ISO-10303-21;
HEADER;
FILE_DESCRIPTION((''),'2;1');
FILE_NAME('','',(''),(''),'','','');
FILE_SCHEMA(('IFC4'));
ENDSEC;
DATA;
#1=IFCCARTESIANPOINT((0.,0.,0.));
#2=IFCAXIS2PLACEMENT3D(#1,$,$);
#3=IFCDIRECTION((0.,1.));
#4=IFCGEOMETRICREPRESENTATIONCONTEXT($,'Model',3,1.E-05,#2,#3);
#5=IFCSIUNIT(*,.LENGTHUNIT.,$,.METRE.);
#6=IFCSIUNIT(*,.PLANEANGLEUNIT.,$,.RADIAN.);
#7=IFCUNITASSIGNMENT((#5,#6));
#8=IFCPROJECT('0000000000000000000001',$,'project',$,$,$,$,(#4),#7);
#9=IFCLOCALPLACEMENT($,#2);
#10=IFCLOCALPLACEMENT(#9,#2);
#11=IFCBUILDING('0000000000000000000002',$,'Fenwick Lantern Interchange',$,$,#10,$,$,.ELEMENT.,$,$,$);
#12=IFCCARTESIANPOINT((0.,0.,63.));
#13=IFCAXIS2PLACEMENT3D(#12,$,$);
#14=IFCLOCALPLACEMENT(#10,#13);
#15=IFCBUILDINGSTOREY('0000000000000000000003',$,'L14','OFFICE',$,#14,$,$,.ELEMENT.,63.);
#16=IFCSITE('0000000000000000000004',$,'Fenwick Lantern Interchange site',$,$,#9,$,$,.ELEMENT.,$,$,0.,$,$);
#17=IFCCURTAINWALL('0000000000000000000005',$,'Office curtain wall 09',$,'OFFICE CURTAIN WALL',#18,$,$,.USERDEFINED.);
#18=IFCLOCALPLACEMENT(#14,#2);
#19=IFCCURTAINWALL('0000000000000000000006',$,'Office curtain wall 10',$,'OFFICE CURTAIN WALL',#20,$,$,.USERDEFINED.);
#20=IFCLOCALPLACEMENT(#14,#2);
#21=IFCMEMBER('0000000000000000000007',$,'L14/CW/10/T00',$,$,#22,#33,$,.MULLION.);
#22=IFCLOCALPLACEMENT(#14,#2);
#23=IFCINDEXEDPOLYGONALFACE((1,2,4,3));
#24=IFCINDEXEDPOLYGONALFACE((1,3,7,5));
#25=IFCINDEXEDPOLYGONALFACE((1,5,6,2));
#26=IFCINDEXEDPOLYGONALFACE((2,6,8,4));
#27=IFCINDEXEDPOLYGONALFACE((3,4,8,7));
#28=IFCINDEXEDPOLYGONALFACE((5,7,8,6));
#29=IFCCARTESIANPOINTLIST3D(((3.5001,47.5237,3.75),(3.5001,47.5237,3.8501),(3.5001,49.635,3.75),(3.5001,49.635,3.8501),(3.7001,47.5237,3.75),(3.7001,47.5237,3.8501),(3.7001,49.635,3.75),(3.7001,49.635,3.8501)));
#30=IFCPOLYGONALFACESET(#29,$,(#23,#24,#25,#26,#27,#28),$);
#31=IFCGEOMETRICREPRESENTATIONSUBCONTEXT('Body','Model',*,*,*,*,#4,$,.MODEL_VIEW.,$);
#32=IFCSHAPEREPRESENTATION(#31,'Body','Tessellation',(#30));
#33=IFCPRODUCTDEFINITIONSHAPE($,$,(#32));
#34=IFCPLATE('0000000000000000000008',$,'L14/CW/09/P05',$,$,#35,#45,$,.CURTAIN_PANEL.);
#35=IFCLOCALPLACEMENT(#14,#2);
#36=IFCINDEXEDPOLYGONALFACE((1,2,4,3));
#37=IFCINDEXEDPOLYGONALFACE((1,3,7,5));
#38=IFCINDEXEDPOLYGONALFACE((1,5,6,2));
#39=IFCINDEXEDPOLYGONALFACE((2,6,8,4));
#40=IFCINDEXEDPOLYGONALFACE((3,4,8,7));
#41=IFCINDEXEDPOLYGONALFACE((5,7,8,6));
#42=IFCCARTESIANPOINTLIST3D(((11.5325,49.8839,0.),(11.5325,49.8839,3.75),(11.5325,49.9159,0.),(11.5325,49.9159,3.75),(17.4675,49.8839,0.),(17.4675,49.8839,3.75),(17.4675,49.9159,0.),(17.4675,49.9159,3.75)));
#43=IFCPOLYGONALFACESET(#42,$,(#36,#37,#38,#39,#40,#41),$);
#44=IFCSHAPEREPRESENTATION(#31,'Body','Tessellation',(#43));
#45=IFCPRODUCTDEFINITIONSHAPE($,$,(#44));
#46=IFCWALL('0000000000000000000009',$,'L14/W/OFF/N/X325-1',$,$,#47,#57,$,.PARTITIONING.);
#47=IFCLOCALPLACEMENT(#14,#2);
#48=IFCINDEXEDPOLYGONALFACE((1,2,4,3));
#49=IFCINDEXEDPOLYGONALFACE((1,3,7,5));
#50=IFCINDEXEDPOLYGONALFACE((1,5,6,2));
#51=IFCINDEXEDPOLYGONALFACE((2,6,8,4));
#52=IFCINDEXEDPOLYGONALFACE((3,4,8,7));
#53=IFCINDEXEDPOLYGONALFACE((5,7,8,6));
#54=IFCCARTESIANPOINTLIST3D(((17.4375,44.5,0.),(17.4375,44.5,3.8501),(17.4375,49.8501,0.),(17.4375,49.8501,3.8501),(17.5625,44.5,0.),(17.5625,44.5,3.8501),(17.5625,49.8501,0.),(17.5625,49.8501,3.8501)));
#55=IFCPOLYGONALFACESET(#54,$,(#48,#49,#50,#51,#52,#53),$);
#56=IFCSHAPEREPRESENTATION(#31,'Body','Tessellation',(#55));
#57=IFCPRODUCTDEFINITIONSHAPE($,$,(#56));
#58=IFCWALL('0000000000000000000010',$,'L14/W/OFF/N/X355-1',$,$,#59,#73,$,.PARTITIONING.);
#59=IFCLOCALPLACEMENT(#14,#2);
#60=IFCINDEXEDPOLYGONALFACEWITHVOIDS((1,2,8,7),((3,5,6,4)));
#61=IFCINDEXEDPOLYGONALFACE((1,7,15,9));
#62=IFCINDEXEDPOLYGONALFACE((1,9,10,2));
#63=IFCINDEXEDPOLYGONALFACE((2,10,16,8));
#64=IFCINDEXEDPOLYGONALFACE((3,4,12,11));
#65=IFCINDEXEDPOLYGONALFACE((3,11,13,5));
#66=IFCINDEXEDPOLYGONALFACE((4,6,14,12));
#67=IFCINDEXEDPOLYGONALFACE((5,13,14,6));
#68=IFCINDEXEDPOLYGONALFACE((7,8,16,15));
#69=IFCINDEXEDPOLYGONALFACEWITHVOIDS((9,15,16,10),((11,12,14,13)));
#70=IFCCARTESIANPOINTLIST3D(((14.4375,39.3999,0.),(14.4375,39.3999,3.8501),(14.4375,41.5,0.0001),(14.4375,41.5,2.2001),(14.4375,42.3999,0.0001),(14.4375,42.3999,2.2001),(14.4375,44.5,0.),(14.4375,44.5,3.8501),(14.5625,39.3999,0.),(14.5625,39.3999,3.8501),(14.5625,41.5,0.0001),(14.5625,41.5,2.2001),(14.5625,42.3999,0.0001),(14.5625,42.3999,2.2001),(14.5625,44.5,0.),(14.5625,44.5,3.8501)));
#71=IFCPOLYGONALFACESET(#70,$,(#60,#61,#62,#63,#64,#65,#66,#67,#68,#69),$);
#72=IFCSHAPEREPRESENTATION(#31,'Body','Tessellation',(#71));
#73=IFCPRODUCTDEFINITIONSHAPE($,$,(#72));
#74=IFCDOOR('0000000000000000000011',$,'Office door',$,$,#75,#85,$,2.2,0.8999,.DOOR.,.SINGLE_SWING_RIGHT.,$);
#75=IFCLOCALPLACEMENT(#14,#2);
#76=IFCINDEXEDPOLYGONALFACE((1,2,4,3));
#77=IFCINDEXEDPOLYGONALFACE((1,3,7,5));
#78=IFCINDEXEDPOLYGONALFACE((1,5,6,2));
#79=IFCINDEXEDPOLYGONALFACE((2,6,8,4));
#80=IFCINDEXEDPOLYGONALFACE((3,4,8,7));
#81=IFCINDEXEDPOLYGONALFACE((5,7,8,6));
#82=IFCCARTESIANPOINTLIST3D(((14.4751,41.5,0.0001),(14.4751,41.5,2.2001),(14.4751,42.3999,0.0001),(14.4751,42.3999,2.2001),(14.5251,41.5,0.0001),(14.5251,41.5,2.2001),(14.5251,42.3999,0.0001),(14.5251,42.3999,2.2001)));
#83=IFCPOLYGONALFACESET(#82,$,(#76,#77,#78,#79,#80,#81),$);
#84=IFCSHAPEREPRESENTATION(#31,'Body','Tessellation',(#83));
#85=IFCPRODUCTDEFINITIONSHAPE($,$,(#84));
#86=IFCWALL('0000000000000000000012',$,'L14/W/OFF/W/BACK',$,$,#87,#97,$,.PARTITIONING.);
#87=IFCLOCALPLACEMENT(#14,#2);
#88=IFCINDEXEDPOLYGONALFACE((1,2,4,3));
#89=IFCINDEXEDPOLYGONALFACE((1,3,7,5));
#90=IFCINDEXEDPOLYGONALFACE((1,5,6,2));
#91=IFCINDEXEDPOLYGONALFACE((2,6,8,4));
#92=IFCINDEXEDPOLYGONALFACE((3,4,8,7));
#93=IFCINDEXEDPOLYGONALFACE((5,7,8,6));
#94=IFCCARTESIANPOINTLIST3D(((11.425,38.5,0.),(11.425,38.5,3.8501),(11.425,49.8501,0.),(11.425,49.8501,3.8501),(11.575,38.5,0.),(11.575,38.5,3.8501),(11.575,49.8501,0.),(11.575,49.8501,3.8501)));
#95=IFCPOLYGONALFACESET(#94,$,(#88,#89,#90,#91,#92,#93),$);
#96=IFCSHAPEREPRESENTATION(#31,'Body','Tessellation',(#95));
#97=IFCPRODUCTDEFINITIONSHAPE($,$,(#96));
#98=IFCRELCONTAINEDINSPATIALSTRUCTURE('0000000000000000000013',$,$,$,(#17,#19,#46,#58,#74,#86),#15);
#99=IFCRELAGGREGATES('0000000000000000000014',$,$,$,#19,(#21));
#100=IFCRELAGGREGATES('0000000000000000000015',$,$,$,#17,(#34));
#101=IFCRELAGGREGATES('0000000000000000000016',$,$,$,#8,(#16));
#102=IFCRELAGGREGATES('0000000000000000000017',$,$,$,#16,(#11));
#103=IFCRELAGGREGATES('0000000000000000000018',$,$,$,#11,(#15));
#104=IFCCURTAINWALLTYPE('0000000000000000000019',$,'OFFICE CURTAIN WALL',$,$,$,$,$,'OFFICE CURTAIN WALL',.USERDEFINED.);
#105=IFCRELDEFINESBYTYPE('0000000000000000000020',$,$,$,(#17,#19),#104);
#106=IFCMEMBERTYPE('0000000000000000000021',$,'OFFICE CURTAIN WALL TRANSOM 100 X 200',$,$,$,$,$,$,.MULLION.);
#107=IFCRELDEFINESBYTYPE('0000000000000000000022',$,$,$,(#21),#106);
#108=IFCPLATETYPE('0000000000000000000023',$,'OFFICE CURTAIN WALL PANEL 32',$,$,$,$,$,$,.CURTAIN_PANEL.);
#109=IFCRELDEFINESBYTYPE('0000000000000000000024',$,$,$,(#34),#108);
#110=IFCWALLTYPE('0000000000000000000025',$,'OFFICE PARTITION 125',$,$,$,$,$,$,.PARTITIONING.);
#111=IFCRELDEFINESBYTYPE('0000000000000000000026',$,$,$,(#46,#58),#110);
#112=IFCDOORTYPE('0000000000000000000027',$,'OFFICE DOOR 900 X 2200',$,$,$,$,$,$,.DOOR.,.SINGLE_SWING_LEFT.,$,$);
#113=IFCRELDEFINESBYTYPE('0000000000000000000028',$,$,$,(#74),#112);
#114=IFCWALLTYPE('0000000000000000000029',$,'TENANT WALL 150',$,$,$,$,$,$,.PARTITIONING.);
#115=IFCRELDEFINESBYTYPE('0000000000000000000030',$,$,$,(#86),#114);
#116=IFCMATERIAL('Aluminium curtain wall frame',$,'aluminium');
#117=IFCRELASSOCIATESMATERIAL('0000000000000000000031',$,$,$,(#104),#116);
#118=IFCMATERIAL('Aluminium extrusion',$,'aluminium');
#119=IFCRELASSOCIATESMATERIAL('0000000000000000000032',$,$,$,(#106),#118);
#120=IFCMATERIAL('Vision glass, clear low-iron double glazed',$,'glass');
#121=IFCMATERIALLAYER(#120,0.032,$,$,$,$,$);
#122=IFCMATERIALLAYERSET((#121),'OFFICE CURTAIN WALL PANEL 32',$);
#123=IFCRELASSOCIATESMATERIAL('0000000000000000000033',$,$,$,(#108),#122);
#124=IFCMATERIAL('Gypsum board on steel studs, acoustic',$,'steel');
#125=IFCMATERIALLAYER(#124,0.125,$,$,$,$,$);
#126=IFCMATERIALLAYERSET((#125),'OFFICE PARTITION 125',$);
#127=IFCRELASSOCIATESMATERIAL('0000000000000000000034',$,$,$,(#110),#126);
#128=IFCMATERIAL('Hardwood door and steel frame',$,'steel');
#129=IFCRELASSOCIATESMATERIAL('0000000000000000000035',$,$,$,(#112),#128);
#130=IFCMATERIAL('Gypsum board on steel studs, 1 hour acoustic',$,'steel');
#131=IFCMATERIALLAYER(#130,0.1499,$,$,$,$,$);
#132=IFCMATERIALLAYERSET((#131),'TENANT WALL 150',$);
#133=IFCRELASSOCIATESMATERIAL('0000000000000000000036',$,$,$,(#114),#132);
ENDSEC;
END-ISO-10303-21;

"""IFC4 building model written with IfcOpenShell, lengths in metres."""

from ifc_helpers import new_model, si_unit, direction, frame, frame_2d, origin, origin_2d, place, context, subcontext, project, spatial, rectangle, extrude, material, layer, layer_set, material_profile, profile_set, type_object, element, fill, aggregate, save


model = new_model("IFC4")

# Units and contexts
model_context = context("Model", 3, precision=1e-05, world=origin(), true_north=direction((0.0, 1.0)))
body_context = subcontext(model_context, "Body", "Model", "MODEL_VIEW")
ifc_project = project(units=[si_unit("LENGTHUNIT", "METRE"), si_unit("PLANEANGLEUNIT", "RADIAN")], contexts=[model_context])

# Site, building, storey
site_placement = place(None, origin())
site = spatial("IfcSite", under=ifc_project, at=site_placement, Name="Fenwick Lantern Interchange site", CompositionType="ELEMENT", RefElevation=0.0)
building_placement = place(site_placement, origin())
building = spatial("IfcBuilding", under=site, at=building_placement, Name="Fenwick Lantern Interchange", CompositionType="ELEMENT")
storey_placement = place(building_placement, frame((0.0, 0.0, 63.0)))
storey = spatial("IfcBuildingStorey", under=building, at=storey_placement, Name="L14", Description="OFFICE", CompositionType="ELEMENT", Elevation=63.0)

# Curtain walls
ifc_material_1 = material(Name="Aluminium curtain wall frame", Category="aluminium")
curtain_wall_type = type_object("IfcCurtainWallType", Name="OFFICE CURTAIN WALL", ElementType="OFFICE CURTAIN WALL", PredefinedType="USERDEFINED", material=ifc_material_1)
curtain_wall_1_placement = place(storey_placement, origin())
curtain_wall_1 = element("IfcCurtainWall", 1, at=curtain_wall_1_placement, inside=storey, type_object=curtain_wall_type, Name="Office curtain wall 09", ObjectType="OFFICE CURTAIN WALL", PredefinedType="USERDEFINED")
ifc_material_2 = material(Name="Aluminium extrusion", Category="aluminium")
curtain_wall_2_placement = place(storey_placement, origin())
curtain_wall_2 = element("IfcCurtainWall", 2, at=curtain_wall_2_placement, inside=storey, type_object=curtain_wall_type, Name="Office curtain wall 10", ObjectType="OFFICE CURTAIN WALL", PredefinedType="USERDEFINED")

# Member
ifc_material_profile_1 = material_profile(ifc_material_2, rectangle(XDim=0.2, YDim=0.1001, at=origin_2d()), Name="OFFICE CURTAIN WALL TRANSOM 100 X 200")
ifc_profile_set_1 = profile_set([ifc_material_profile_1], Name="Aluminium extrusion")
member_type_1 = type_object("IfcMemberType", Name="OFFICE CURTAIN WALL TRANSOM 100 X 200", PredefinedType="MULLION", material=ifc_profile_set_1)
member_1_placement = place(storey_placement, frame((3.6001, 49.635, 3.8), z_axis=(0.0, -1.0, 0.0), x_axis=(1.0, 0.0, 0.0)))
member_1 = element("IfcMember", 3, at=member_1_placement, type_object=member_type_1, Name="L14/CW/10/T00", PredefinedType="MULLION", context=body_context, shape_type="SweptSolid", body=[
    extrude(rectangle(XDim=0.2, YDim=0.1001, at=origin_2d()), origin(), (0.0, 0.0, 1.0), 2.1113),
])
aggregate(curtain_wall_2, [member_1])

# Plate
ifc_material_3 = material(Name="Vision glass, clear low-iron double glazed", Category="glass")
ifc_layer_1 = layer(ifc_material_3, 0.032)
ifc_layer_set_1 = layer_set([ifc_layer_1], Name="OFFICE CURTAIN WALL PANEL 32")
plate_type = type_object("IfcPlateType", Name="OFFICE CURTAIN WALL PANEL 32", PredefinedType="CURTAIN_PANEL", material=ifc_layer_set_1)
plate_placement = place(storey_placement, frame((14.5, 49.8999, 0.0), z_axis=(0.0, 0.0, 1.0), x_axis=(-1.0, 0.0, 0.0)))
plate = element("IfcPlate", 4, at=plate_placement, type_object=plate_type, Name="L14/CW/09/P05", PredefinedType="CURTAIN_PANEL", context=body_context, shape_type="SweptSolid", body=[
    extrude(rectangle(XDim=5.9351, YDim=0.032, at=origin_2d()), origin(), (0.0, 0.0, 1.0), 3.75),
])
aggregate(curtain_wall_1, [plate])

# Wall
ifc_material_4 = material(Name="Gypsum board on steel studs, acoustic", Category="steel")
ifc_layer_2 = layer(ifc_material_4, 0.125)
ifc_layer_set_2 = layer_set([ifc_layer_2], Name="OFFICE PARTITION 125")
wall_type_1 = type_object("IfcWallType", Name="OFFICE PARTITION 125", PredefinedType="PARTITIONING", material=ifc_layer_set_2)
wall_1_placement = place(storey_placement, frame((17.5, 49.8501, 0.0), z_axis=(0.0, 0.0, 1.0), x_axis=(0.0, -1.0, 0.0)))
element("IfcWall", 5, at=wall_1_placement, inside=storey, type_object=wall_type_1, Name="L14/W/OFF/N/X325-1", PredefinedType="PARTITIONING", context=body_context, shape_type="SweptSolid", body=[
    extrude(rectangle(XDim=5.3501, YDim=0.125, at=frame_2d((2.675, 0.0))), origin(), (0.0, 0.0, 1.0), 3.8501),
])

# Wall, opening, door
wall_2_placement = place(storey_placement, frame((14.5, 44.5, 0.0), z_axis=(0.0, 0.0, 1.0), x_axis=(0.0, -1.0, 0.0)))
wall_2 = element("IfcWall", 6, at=wall_2_placement, inside=storey, type_object=wall_type_1, Name="L14/W/OFF/N/X355-1", PredefinedType="PARTITIONING", context=body_context, shape_type="SweptSolid", body=[
    extrude(rectangle(XDim=5.1001, YDim=0.125, at=frame_2d((2.55, 0.0))), origin(), (0.0, 0.0, 1.0), 3.8501),
])
opening_placement = place(wall_2_placement, frame((2.1001, 0.0, 0.0)))
opening = element("IfcOpeningElement", 7, at=opening_placement, cuts=wall_2, PredefinedType="OPENING", context=body_context, shape_type="SweptSolid", body=[
    extrude(rectangle(XDim=0.8999, YDim=2.2, at=frame_2d((0.45, 1.1001))), frame((0.0, 0.0725, 0.0), z_axis=(0.0, -1.0, 0.0), x_axis=(1.0, 0.0, 0.0)), (0.0, 0.0, 1.0), 0.145),
])
ifc_material_5 = material(Name="Hardwood door and steel frame", Category="steel")
door_type = type_object("IfcDoorType", Name="OFFICE DOOR 900 X 2200", OperationType="SINGLE_SWING_LEFT", PredefinedType="DOOR", material=ifc_material_5)
door_placement = place(opening_placement, frame((0.8999, 0.0, 0.0), z_axis=(0.0, 0.0, 1.0), x_axis=(-1.0, 0.0, 0.0)))
door = element("IfcDoor", 8, at=door_placement, inside=storey, type_object=door_type, Name="Office door", OperationType="SINGLE_SWING_RIGHT", OverallHeight=2.2, OverallWidth=0.8999, PredefinedType="DOOR", context=body_context, shape_type="SweptSolid", body=[
    extrude(rectangle(XDim=0.8999, YDim=2.2, at=frame_2d((0.45, 1.1001))), frame((0.0, 0.0249, 0.0), z_axis=(0.0, -1.0, 0.0), x_axis=(1.0, 0.0, 0.0)), (0.0, 0.0, 1.0), 0.05),
])
fill(opening, door)

# Wall
ifc_material_6 = material(Name="Gypsum board on steel studs, 1 hour acoustic", Category="steel")
ifc_layer_3 = layer(ifc_material_6, 0.1499)
ifc_layer_set_3 = layer_set([ifc_layer_3], Name="TENANT WALL 150")
wall_type_2 = type_object("IfcWallType", Name="TENANT WALL 150", PredefinedType="PARTITIONING", material=ifc_layer_set_3)
wall_3_placement = place(storey_placement, frame((11.5, 49.8501, 0.0), z_axis=(0.0, 0.0, 1.0), x_axis=(0.0, -1.0, 0.0)))
element("IfcWall", 9, at=wall_3_placement, inside=storey, type_object=wall_type_2, Name="L14/W/OFF/W/BACK", PredefinedType="PARTITIONING", context=body_context, shape_type="SweptSolid", body=[
    extrude(rectangle(XDim=11.3501, YDim=0.1499, at=frame_2d((5.675, 0.0))), origin(), (0.0, 0.0, 1.0), 3.8501),
])

save(model, "model.ifc")
